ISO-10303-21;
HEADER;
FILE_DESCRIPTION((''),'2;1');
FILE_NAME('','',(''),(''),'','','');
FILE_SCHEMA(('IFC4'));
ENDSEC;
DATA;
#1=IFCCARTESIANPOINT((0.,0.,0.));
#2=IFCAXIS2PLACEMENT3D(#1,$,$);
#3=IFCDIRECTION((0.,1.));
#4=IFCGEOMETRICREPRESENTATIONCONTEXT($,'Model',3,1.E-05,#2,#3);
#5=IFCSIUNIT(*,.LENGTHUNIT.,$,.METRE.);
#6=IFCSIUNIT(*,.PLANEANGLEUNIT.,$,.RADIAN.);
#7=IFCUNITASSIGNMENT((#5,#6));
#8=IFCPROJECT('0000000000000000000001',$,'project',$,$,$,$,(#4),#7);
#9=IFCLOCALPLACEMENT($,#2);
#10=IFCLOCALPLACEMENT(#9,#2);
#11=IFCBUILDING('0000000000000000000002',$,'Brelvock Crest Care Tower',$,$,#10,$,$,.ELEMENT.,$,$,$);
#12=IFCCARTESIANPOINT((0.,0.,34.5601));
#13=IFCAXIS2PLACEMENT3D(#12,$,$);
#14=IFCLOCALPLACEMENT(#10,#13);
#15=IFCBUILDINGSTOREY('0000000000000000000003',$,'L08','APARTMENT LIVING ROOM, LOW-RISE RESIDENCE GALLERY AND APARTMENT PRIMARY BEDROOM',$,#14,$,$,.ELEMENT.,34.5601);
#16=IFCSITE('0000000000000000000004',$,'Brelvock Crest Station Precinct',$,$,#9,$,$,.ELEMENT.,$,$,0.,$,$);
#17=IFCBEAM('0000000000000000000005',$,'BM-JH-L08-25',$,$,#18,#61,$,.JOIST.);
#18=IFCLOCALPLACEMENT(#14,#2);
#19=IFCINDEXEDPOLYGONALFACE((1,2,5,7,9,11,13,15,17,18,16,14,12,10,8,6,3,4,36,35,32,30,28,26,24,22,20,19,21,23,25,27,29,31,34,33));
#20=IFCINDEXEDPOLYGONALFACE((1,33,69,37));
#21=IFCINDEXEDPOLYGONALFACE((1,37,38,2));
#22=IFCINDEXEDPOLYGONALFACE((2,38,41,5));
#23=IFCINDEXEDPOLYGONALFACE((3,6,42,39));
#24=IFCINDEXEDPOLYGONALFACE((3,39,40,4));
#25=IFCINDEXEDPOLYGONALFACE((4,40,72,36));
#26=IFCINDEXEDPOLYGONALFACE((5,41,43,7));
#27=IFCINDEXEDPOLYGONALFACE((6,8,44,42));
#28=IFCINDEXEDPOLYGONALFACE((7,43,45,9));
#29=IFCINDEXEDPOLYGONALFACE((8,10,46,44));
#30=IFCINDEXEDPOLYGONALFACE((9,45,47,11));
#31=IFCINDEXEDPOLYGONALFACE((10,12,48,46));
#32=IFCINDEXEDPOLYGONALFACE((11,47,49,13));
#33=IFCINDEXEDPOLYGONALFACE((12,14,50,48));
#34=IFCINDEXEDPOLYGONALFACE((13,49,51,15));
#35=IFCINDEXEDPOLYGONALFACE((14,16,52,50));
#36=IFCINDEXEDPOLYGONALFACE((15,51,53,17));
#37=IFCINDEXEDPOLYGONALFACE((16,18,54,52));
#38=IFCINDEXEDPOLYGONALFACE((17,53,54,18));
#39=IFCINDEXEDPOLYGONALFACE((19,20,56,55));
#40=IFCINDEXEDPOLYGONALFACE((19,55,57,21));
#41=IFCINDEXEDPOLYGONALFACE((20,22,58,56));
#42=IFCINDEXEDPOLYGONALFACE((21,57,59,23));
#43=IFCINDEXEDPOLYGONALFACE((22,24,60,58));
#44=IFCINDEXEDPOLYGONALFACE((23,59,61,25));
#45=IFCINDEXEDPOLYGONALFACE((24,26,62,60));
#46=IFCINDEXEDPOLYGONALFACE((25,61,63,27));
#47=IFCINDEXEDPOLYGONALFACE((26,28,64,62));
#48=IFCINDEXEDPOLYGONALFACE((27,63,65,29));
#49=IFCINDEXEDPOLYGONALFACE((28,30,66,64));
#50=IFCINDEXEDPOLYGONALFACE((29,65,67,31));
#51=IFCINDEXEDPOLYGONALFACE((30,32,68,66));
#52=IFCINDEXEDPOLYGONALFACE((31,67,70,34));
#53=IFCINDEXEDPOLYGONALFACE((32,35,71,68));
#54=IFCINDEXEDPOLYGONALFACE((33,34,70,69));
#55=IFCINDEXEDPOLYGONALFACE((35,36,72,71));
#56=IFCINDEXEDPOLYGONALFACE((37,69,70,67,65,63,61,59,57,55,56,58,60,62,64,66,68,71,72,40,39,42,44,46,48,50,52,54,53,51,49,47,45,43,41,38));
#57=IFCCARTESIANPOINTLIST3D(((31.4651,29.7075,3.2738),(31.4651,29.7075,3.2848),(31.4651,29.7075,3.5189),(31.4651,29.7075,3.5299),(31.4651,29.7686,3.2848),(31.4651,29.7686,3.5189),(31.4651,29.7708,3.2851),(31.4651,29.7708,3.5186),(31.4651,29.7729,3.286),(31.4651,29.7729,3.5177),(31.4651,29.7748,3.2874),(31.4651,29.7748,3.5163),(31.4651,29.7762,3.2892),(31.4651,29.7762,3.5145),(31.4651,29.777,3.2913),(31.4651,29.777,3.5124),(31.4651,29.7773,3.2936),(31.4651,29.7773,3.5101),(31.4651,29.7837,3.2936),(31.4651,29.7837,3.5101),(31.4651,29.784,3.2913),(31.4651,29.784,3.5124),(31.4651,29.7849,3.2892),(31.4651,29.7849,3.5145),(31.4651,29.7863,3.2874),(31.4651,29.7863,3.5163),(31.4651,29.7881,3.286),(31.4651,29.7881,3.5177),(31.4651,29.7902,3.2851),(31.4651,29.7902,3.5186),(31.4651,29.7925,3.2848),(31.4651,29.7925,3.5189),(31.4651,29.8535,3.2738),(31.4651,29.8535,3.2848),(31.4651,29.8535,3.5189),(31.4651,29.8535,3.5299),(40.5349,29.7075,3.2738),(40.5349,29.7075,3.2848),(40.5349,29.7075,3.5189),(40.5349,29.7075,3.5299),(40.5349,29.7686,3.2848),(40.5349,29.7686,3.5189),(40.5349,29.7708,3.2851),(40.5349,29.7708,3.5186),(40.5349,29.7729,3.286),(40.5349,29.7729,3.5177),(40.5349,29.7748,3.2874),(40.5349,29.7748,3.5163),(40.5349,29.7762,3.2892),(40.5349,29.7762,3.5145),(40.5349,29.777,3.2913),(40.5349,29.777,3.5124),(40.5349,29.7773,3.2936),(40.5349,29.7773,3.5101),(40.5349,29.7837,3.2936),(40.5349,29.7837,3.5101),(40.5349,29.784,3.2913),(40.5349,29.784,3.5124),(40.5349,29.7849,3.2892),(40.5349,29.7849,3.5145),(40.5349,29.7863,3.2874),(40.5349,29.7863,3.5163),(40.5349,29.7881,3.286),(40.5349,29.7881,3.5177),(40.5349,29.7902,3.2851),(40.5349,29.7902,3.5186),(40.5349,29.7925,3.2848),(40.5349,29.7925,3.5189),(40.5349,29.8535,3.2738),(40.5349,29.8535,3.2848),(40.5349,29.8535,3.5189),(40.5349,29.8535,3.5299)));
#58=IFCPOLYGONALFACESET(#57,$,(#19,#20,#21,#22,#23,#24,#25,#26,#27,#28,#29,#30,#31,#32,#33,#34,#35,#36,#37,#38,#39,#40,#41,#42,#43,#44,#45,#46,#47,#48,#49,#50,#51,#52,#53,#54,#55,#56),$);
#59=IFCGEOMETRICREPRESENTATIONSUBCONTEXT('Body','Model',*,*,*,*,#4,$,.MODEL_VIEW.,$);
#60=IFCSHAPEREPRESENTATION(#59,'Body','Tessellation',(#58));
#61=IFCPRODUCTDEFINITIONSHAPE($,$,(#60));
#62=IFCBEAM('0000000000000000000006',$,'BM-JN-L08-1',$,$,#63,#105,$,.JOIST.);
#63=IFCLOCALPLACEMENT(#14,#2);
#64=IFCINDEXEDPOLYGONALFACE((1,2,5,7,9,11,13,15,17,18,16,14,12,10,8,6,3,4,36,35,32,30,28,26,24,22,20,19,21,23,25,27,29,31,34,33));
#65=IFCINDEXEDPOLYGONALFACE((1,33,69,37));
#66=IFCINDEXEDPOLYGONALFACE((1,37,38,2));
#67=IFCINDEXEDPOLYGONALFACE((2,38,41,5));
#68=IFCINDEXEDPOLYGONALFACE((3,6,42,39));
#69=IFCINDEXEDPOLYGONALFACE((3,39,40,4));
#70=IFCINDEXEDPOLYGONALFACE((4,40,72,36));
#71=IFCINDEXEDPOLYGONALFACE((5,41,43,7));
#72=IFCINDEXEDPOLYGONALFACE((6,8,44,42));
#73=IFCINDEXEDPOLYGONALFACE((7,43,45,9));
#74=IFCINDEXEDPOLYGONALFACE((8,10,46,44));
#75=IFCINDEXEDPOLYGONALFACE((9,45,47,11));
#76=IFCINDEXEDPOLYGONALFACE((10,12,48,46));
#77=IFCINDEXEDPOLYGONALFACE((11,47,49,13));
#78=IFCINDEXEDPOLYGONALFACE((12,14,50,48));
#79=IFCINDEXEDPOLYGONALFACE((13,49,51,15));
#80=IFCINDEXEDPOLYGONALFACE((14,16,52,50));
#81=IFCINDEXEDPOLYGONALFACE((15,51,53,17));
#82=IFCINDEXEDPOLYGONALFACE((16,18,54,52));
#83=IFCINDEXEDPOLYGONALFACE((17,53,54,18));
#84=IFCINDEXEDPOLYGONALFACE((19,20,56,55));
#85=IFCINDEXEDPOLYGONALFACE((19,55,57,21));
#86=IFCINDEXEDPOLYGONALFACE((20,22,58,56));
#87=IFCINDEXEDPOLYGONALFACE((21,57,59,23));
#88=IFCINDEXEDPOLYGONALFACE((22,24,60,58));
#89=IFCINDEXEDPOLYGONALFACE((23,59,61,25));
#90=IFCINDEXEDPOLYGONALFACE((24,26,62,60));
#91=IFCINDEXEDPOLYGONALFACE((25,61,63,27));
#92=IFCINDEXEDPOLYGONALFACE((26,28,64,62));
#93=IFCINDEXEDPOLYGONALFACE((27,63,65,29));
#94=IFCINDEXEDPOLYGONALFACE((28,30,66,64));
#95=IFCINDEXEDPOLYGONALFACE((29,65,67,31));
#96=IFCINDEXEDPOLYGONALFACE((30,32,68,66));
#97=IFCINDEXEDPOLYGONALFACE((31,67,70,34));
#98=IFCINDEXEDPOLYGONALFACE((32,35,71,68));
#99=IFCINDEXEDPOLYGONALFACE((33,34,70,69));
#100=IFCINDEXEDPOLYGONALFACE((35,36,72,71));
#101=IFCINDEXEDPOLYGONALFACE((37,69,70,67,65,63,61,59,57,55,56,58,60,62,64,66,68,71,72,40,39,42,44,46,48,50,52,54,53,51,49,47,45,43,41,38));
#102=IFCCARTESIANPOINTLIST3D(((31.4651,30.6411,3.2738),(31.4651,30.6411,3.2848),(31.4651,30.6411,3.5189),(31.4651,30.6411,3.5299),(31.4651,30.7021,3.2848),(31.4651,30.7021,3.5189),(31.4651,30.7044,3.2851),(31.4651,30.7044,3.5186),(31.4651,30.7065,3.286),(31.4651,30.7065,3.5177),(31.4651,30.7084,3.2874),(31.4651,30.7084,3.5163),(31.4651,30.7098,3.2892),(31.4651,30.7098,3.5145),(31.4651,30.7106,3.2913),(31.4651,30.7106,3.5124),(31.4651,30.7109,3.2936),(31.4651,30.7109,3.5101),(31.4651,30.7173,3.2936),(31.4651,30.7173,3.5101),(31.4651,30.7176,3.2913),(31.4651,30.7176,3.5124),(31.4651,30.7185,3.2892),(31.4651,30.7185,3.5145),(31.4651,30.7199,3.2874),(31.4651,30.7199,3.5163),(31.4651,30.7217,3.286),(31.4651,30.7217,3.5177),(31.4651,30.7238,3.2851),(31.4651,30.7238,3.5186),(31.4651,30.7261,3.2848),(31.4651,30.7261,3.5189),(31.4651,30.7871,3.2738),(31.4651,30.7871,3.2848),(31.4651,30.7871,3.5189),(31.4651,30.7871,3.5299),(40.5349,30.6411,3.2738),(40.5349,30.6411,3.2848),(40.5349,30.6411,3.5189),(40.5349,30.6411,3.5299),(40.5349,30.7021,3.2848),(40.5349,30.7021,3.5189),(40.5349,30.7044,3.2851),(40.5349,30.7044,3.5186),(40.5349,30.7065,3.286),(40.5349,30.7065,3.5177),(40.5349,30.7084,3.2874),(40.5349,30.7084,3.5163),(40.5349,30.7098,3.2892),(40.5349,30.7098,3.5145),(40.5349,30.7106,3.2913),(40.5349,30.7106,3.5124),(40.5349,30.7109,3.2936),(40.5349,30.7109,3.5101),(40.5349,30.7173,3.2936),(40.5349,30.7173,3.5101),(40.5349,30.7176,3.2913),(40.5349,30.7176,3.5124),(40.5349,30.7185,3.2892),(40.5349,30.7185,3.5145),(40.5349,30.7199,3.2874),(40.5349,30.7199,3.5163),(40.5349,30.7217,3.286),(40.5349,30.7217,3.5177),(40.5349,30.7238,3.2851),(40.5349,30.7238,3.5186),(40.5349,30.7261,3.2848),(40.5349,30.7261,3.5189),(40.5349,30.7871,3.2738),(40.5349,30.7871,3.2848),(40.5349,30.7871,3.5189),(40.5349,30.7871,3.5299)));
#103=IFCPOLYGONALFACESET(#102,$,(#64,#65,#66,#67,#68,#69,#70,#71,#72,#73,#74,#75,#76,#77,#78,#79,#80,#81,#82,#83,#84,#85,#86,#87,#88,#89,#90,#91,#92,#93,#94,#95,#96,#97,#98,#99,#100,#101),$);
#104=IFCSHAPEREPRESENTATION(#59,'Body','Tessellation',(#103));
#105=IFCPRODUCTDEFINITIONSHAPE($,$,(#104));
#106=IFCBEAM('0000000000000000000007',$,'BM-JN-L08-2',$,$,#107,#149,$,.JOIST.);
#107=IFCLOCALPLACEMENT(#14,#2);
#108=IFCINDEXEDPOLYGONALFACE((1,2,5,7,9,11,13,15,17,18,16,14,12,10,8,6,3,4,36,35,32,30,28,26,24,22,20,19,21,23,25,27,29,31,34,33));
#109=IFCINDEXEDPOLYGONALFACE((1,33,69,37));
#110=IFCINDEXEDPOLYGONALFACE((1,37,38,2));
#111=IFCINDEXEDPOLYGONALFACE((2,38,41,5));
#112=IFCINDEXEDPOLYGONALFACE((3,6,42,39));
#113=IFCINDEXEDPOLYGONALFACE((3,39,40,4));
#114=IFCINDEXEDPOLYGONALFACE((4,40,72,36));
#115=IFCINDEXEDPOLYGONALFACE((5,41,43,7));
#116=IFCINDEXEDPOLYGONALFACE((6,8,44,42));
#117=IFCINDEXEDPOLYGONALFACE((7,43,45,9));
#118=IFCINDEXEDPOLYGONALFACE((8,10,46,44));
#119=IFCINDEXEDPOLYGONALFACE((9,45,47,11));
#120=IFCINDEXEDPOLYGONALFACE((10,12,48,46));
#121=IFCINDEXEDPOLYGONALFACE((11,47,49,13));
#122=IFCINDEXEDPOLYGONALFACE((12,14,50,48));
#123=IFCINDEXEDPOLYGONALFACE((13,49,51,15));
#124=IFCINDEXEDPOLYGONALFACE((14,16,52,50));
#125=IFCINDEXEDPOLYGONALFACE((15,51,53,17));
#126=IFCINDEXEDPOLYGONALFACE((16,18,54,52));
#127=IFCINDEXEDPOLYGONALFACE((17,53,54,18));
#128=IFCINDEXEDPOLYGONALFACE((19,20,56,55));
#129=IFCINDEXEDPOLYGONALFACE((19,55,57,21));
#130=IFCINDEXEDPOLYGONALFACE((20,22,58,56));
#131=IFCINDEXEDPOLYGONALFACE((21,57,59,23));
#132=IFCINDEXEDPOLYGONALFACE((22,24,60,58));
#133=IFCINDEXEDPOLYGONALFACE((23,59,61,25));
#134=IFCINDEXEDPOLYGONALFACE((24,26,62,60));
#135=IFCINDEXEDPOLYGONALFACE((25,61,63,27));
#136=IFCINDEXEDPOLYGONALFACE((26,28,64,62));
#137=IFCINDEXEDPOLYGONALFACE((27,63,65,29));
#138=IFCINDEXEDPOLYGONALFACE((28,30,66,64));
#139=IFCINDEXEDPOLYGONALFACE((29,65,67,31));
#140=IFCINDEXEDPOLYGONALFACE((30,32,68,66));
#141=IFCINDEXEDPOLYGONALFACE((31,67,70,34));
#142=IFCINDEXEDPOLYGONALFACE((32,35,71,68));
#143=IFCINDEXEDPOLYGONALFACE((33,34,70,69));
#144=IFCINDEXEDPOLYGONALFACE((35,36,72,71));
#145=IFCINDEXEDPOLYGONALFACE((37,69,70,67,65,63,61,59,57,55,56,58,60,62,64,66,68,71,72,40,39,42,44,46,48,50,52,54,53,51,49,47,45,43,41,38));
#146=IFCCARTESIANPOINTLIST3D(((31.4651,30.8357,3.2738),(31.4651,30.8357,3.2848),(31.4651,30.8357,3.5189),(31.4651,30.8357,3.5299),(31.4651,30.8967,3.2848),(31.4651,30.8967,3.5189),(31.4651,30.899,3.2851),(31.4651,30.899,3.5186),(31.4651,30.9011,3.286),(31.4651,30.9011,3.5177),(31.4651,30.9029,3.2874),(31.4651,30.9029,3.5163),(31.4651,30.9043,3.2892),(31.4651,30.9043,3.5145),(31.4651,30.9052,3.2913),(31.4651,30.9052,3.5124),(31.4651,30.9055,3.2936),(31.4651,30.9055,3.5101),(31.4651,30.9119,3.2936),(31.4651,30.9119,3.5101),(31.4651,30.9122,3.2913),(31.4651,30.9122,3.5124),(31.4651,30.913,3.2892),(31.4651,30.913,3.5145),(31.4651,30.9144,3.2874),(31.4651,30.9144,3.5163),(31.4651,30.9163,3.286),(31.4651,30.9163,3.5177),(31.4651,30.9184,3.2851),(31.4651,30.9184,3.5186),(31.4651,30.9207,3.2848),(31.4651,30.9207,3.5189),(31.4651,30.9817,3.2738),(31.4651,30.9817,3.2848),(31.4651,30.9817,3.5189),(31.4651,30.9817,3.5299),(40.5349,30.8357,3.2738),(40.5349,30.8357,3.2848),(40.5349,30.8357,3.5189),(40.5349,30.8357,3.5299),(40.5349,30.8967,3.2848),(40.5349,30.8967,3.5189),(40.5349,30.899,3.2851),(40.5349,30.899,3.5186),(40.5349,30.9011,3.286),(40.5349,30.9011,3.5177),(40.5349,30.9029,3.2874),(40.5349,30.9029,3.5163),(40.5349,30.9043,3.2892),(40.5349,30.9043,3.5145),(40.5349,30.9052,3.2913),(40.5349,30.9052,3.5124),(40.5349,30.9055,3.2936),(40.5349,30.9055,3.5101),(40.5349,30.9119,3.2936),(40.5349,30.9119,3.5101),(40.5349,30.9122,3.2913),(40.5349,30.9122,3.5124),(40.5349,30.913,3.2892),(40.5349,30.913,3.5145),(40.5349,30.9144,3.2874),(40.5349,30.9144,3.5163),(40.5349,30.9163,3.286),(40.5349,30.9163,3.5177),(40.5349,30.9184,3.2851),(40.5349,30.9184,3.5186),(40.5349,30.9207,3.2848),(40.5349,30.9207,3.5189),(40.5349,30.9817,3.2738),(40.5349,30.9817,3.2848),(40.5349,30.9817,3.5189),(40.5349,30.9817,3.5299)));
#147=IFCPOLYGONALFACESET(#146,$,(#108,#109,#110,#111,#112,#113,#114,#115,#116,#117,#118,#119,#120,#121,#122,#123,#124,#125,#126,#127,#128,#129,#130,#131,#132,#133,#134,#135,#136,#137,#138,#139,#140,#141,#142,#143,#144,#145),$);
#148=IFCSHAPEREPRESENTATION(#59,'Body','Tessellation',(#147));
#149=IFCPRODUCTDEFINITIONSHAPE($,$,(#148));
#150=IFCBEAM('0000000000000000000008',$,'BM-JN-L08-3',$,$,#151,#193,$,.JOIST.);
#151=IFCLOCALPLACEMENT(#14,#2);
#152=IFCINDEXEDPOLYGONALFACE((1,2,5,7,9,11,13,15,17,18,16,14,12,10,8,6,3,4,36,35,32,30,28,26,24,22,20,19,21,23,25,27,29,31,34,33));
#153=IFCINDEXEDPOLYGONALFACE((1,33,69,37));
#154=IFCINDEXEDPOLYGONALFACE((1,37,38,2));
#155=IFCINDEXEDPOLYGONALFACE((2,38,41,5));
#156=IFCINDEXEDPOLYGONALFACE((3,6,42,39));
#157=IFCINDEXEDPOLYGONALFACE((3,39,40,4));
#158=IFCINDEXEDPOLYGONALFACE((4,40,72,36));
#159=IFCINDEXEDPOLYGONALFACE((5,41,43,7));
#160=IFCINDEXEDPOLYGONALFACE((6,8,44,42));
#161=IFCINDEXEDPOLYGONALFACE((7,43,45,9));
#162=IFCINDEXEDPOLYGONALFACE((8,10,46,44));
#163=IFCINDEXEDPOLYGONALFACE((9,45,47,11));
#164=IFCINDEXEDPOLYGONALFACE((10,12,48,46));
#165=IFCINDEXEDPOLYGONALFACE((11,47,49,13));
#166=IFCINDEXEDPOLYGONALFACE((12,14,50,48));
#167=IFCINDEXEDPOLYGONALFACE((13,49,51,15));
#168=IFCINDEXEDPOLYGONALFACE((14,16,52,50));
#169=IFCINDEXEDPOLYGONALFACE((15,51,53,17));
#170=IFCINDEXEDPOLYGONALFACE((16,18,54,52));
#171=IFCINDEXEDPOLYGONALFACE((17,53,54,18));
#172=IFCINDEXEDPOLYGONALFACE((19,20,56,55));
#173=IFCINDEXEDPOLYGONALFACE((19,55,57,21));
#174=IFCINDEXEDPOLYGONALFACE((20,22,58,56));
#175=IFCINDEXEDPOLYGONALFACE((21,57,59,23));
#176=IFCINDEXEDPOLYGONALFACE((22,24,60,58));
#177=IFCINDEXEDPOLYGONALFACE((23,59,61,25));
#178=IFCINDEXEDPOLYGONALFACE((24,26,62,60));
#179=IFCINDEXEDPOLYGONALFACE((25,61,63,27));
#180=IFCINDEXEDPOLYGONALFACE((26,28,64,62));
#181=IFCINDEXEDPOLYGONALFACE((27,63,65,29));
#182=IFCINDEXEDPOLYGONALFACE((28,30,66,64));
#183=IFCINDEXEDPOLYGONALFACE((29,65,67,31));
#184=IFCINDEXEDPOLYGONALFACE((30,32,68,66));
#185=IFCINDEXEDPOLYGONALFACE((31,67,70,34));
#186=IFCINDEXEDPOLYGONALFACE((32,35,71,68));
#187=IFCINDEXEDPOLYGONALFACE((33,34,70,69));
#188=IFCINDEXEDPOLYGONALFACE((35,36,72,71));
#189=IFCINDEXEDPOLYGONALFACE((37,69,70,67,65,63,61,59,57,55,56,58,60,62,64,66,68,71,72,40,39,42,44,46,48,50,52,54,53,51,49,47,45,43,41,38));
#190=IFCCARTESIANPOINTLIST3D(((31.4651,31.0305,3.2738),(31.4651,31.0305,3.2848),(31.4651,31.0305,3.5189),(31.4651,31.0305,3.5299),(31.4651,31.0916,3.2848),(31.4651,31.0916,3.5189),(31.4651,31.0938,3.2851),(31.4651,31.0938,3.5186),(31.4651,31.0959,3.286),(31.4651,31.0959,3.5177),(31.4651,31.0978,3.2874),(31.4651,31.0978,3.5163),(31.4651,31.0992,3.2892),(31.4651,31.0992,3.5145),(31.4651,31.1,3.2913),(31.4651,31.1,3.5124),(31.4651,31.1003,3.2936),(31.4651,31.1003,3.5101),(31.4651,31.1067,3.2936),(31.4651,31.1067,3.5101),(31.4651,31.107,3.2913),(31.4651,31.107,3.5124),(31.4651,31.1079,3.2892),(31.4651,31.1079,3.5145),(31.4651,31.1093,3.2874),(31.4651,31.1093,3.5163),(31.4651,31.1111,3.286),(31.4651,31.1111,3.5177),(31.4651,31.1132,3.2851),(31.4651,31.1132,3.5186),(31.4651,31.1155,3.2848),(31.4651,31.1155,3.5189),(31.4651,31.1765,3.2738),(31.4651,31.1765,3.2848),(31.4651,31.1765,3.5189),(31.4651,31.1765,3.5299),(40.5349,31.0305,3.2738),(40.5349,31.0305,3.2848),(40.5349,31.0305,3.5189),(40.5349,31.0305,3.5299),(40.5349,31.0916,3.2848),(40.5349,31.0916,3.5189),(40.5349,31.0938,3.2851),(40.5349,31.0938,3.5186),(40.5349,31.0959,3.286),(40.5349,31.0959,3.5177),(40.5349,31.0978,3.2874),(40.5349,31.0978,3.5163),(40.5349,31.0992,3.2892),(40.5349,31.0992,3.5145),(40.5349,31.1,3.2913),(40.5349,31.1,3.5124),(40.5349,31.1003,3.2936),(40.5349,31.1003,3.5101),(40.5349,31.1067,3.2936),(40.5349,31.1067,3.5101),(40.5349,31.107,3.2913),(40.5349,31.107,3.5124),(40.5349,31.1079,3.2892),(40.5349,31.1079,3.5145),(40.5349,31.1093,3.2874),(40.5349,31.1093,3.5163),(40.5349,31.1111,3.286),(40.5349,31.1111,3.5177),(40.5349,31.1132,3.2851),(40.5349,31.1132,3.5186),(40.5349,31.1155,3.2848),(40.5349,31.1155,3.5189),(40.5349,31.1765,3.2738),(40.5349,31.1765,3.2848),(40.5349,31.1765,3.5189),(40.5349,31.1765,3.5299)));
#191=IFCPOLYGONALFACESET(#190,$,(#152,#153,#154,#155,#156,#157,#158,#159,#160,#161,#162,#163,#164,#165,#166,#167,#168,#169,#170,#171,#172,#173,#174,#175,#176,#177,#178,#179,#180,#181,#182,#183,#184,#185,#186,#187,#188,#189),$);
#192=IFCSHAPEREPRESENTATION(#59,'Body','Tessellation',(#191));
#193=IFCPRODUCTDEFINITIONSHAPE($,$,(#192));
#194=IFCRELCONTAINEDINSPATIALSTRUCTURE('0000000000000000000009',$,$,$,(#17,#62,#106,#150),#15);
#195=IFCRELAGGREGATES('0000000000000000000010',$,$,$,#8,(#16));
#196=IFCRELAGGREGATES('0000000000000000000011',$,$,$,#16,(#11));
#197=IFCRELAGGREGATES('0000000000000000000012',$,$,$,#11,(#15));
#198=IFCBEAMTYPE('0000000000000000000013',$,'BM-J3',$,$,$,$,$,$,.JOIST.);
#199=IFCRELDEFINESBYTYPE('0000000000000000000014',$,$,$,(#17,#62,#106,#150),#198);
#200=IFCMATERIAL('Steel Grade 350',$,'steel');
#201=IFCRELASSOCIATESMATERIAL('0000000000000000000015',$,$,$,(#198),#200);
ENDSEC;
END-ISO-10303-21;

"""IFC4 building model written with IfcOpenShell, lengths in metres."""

from ifc_helpers import new_model, si_unit, direction, frame, origin, origin_2d, place, context, subcontext, project, spatial, i_section, extrude, source, transform, mapped, material, material_profile, profile_set, type_object, element, save


model = new_model("IFC4")

# Units and contexts
model_context = context("Model", 3, precision=1e-05, world=origin(), true_north=direction((0.0, 1.0)))
body_context = subcontext(model_context, "Body", "Model", "MODEL_VIEW")
ifc_project = project(units=[si_unit("LENGTHUNIT", "METRE"), si_unit("PLANEANGLEUNIT", "RADIAN")], contexts=[model_context])

# Site, building, storey
site_placement = place(None, origin())
site = spatial("IfcSite", under=ifc_project, at=site_placement, Name="Brelvock Crest Station Precinct", CompositionType="ELEMENT", RefElevation=0.0)
building_placement = place(site_placement, origin())
building = spatial("IfcBuilding", under=site, at=building_placement, Name="Brelvock Crest Care Tower", CompositionType="ELEMENT")
storey_placement = place(building_placement, frame((0.0, 0.0, 34.5601)))
storey = spatial("IfcBuildingStorey", under=building, at=storey_placement, Name="L08", Description="APARTMENT LIVING ROOM, LOW-RISE RESIDENCE GALLERY AND APARTMENT PRIMARY BEDROOM", CompositionType="ELEMENT", Elevation=34.5601)

# Beams
ifc_material_1 = material(Name="Steel Grade 350", Category="steel")
ifc_material_profile = material_profile(ifc_material_1, i_section(OverallWidth=0.146, OverallDepth=0.2561, WebThickness=0.0063, FlangeThickness=0.011, FilletRadius=0.0088, at=origin_2d()), Name="250UB37.3")
ifc_profile_set = profile_set([ifc_material_profile], Name="Steel Grade 350")
beam_type = type_object("IfcBeamType", Name="BM-J3", PredefinedType="JOIST", material=ifc_profile_set)
shared_shape_1 = source(origin(), body_context, "Body", "SweptSolid", [
    extrude(i_section(OverallWidth=0.146, OverallDepth=0.2561, WebThickness=0.0063, FlangeThickness=0.011, FilletRadius=0.0088, at=origin_2d()), origin(), (0.0, 0.0, 1.0), 9.0698),
])
for number, where, z_axis, x_axis, name in (
    (1, (31.4651, 29.7805, 3.4019), (1.0, 0.0, 0.0), (0.0, 1.0, 0.0), "BM-JH-L08-25"),
    (2, (31.4651, 30.7141, 3.4019), (1.0, 0.0, 0.0), (0.0, 1.0, 0.0), "BM-JN-L08-1"),
    (3, (31.4651, 30.9087, 3.4019), (1.0, 0.0, 0.0), (0.0, 1.0, 0.0), "BM-JN-L08-2"),
    (4, (31.4651, 31.1035, 3.4019), (1.0, 0.0, 0.0), (0.0, 1.0, 0.0), "BM-JN-L08-3"),
):
    element("IfcBeam", number, at=place(storey_placement, frame(where, z_axis=z_axis, x_axis=x_axis)), inside=storey, type_object=beam_type, Name=name, PredefinedType="JOIST", context=body_context, shape_type="MappedRepresentation", body=[
        mapped(shared_shape_1, transform((0.0, 0.0, 0.0), x_axis=(1.0, 0.0, 0.0), y_axis=(0.0, 1.0, 0.0), z_axis=(0.0, 0.0, 1.0), scale=1.0)),
    ])

save(model, "model.ifc")
